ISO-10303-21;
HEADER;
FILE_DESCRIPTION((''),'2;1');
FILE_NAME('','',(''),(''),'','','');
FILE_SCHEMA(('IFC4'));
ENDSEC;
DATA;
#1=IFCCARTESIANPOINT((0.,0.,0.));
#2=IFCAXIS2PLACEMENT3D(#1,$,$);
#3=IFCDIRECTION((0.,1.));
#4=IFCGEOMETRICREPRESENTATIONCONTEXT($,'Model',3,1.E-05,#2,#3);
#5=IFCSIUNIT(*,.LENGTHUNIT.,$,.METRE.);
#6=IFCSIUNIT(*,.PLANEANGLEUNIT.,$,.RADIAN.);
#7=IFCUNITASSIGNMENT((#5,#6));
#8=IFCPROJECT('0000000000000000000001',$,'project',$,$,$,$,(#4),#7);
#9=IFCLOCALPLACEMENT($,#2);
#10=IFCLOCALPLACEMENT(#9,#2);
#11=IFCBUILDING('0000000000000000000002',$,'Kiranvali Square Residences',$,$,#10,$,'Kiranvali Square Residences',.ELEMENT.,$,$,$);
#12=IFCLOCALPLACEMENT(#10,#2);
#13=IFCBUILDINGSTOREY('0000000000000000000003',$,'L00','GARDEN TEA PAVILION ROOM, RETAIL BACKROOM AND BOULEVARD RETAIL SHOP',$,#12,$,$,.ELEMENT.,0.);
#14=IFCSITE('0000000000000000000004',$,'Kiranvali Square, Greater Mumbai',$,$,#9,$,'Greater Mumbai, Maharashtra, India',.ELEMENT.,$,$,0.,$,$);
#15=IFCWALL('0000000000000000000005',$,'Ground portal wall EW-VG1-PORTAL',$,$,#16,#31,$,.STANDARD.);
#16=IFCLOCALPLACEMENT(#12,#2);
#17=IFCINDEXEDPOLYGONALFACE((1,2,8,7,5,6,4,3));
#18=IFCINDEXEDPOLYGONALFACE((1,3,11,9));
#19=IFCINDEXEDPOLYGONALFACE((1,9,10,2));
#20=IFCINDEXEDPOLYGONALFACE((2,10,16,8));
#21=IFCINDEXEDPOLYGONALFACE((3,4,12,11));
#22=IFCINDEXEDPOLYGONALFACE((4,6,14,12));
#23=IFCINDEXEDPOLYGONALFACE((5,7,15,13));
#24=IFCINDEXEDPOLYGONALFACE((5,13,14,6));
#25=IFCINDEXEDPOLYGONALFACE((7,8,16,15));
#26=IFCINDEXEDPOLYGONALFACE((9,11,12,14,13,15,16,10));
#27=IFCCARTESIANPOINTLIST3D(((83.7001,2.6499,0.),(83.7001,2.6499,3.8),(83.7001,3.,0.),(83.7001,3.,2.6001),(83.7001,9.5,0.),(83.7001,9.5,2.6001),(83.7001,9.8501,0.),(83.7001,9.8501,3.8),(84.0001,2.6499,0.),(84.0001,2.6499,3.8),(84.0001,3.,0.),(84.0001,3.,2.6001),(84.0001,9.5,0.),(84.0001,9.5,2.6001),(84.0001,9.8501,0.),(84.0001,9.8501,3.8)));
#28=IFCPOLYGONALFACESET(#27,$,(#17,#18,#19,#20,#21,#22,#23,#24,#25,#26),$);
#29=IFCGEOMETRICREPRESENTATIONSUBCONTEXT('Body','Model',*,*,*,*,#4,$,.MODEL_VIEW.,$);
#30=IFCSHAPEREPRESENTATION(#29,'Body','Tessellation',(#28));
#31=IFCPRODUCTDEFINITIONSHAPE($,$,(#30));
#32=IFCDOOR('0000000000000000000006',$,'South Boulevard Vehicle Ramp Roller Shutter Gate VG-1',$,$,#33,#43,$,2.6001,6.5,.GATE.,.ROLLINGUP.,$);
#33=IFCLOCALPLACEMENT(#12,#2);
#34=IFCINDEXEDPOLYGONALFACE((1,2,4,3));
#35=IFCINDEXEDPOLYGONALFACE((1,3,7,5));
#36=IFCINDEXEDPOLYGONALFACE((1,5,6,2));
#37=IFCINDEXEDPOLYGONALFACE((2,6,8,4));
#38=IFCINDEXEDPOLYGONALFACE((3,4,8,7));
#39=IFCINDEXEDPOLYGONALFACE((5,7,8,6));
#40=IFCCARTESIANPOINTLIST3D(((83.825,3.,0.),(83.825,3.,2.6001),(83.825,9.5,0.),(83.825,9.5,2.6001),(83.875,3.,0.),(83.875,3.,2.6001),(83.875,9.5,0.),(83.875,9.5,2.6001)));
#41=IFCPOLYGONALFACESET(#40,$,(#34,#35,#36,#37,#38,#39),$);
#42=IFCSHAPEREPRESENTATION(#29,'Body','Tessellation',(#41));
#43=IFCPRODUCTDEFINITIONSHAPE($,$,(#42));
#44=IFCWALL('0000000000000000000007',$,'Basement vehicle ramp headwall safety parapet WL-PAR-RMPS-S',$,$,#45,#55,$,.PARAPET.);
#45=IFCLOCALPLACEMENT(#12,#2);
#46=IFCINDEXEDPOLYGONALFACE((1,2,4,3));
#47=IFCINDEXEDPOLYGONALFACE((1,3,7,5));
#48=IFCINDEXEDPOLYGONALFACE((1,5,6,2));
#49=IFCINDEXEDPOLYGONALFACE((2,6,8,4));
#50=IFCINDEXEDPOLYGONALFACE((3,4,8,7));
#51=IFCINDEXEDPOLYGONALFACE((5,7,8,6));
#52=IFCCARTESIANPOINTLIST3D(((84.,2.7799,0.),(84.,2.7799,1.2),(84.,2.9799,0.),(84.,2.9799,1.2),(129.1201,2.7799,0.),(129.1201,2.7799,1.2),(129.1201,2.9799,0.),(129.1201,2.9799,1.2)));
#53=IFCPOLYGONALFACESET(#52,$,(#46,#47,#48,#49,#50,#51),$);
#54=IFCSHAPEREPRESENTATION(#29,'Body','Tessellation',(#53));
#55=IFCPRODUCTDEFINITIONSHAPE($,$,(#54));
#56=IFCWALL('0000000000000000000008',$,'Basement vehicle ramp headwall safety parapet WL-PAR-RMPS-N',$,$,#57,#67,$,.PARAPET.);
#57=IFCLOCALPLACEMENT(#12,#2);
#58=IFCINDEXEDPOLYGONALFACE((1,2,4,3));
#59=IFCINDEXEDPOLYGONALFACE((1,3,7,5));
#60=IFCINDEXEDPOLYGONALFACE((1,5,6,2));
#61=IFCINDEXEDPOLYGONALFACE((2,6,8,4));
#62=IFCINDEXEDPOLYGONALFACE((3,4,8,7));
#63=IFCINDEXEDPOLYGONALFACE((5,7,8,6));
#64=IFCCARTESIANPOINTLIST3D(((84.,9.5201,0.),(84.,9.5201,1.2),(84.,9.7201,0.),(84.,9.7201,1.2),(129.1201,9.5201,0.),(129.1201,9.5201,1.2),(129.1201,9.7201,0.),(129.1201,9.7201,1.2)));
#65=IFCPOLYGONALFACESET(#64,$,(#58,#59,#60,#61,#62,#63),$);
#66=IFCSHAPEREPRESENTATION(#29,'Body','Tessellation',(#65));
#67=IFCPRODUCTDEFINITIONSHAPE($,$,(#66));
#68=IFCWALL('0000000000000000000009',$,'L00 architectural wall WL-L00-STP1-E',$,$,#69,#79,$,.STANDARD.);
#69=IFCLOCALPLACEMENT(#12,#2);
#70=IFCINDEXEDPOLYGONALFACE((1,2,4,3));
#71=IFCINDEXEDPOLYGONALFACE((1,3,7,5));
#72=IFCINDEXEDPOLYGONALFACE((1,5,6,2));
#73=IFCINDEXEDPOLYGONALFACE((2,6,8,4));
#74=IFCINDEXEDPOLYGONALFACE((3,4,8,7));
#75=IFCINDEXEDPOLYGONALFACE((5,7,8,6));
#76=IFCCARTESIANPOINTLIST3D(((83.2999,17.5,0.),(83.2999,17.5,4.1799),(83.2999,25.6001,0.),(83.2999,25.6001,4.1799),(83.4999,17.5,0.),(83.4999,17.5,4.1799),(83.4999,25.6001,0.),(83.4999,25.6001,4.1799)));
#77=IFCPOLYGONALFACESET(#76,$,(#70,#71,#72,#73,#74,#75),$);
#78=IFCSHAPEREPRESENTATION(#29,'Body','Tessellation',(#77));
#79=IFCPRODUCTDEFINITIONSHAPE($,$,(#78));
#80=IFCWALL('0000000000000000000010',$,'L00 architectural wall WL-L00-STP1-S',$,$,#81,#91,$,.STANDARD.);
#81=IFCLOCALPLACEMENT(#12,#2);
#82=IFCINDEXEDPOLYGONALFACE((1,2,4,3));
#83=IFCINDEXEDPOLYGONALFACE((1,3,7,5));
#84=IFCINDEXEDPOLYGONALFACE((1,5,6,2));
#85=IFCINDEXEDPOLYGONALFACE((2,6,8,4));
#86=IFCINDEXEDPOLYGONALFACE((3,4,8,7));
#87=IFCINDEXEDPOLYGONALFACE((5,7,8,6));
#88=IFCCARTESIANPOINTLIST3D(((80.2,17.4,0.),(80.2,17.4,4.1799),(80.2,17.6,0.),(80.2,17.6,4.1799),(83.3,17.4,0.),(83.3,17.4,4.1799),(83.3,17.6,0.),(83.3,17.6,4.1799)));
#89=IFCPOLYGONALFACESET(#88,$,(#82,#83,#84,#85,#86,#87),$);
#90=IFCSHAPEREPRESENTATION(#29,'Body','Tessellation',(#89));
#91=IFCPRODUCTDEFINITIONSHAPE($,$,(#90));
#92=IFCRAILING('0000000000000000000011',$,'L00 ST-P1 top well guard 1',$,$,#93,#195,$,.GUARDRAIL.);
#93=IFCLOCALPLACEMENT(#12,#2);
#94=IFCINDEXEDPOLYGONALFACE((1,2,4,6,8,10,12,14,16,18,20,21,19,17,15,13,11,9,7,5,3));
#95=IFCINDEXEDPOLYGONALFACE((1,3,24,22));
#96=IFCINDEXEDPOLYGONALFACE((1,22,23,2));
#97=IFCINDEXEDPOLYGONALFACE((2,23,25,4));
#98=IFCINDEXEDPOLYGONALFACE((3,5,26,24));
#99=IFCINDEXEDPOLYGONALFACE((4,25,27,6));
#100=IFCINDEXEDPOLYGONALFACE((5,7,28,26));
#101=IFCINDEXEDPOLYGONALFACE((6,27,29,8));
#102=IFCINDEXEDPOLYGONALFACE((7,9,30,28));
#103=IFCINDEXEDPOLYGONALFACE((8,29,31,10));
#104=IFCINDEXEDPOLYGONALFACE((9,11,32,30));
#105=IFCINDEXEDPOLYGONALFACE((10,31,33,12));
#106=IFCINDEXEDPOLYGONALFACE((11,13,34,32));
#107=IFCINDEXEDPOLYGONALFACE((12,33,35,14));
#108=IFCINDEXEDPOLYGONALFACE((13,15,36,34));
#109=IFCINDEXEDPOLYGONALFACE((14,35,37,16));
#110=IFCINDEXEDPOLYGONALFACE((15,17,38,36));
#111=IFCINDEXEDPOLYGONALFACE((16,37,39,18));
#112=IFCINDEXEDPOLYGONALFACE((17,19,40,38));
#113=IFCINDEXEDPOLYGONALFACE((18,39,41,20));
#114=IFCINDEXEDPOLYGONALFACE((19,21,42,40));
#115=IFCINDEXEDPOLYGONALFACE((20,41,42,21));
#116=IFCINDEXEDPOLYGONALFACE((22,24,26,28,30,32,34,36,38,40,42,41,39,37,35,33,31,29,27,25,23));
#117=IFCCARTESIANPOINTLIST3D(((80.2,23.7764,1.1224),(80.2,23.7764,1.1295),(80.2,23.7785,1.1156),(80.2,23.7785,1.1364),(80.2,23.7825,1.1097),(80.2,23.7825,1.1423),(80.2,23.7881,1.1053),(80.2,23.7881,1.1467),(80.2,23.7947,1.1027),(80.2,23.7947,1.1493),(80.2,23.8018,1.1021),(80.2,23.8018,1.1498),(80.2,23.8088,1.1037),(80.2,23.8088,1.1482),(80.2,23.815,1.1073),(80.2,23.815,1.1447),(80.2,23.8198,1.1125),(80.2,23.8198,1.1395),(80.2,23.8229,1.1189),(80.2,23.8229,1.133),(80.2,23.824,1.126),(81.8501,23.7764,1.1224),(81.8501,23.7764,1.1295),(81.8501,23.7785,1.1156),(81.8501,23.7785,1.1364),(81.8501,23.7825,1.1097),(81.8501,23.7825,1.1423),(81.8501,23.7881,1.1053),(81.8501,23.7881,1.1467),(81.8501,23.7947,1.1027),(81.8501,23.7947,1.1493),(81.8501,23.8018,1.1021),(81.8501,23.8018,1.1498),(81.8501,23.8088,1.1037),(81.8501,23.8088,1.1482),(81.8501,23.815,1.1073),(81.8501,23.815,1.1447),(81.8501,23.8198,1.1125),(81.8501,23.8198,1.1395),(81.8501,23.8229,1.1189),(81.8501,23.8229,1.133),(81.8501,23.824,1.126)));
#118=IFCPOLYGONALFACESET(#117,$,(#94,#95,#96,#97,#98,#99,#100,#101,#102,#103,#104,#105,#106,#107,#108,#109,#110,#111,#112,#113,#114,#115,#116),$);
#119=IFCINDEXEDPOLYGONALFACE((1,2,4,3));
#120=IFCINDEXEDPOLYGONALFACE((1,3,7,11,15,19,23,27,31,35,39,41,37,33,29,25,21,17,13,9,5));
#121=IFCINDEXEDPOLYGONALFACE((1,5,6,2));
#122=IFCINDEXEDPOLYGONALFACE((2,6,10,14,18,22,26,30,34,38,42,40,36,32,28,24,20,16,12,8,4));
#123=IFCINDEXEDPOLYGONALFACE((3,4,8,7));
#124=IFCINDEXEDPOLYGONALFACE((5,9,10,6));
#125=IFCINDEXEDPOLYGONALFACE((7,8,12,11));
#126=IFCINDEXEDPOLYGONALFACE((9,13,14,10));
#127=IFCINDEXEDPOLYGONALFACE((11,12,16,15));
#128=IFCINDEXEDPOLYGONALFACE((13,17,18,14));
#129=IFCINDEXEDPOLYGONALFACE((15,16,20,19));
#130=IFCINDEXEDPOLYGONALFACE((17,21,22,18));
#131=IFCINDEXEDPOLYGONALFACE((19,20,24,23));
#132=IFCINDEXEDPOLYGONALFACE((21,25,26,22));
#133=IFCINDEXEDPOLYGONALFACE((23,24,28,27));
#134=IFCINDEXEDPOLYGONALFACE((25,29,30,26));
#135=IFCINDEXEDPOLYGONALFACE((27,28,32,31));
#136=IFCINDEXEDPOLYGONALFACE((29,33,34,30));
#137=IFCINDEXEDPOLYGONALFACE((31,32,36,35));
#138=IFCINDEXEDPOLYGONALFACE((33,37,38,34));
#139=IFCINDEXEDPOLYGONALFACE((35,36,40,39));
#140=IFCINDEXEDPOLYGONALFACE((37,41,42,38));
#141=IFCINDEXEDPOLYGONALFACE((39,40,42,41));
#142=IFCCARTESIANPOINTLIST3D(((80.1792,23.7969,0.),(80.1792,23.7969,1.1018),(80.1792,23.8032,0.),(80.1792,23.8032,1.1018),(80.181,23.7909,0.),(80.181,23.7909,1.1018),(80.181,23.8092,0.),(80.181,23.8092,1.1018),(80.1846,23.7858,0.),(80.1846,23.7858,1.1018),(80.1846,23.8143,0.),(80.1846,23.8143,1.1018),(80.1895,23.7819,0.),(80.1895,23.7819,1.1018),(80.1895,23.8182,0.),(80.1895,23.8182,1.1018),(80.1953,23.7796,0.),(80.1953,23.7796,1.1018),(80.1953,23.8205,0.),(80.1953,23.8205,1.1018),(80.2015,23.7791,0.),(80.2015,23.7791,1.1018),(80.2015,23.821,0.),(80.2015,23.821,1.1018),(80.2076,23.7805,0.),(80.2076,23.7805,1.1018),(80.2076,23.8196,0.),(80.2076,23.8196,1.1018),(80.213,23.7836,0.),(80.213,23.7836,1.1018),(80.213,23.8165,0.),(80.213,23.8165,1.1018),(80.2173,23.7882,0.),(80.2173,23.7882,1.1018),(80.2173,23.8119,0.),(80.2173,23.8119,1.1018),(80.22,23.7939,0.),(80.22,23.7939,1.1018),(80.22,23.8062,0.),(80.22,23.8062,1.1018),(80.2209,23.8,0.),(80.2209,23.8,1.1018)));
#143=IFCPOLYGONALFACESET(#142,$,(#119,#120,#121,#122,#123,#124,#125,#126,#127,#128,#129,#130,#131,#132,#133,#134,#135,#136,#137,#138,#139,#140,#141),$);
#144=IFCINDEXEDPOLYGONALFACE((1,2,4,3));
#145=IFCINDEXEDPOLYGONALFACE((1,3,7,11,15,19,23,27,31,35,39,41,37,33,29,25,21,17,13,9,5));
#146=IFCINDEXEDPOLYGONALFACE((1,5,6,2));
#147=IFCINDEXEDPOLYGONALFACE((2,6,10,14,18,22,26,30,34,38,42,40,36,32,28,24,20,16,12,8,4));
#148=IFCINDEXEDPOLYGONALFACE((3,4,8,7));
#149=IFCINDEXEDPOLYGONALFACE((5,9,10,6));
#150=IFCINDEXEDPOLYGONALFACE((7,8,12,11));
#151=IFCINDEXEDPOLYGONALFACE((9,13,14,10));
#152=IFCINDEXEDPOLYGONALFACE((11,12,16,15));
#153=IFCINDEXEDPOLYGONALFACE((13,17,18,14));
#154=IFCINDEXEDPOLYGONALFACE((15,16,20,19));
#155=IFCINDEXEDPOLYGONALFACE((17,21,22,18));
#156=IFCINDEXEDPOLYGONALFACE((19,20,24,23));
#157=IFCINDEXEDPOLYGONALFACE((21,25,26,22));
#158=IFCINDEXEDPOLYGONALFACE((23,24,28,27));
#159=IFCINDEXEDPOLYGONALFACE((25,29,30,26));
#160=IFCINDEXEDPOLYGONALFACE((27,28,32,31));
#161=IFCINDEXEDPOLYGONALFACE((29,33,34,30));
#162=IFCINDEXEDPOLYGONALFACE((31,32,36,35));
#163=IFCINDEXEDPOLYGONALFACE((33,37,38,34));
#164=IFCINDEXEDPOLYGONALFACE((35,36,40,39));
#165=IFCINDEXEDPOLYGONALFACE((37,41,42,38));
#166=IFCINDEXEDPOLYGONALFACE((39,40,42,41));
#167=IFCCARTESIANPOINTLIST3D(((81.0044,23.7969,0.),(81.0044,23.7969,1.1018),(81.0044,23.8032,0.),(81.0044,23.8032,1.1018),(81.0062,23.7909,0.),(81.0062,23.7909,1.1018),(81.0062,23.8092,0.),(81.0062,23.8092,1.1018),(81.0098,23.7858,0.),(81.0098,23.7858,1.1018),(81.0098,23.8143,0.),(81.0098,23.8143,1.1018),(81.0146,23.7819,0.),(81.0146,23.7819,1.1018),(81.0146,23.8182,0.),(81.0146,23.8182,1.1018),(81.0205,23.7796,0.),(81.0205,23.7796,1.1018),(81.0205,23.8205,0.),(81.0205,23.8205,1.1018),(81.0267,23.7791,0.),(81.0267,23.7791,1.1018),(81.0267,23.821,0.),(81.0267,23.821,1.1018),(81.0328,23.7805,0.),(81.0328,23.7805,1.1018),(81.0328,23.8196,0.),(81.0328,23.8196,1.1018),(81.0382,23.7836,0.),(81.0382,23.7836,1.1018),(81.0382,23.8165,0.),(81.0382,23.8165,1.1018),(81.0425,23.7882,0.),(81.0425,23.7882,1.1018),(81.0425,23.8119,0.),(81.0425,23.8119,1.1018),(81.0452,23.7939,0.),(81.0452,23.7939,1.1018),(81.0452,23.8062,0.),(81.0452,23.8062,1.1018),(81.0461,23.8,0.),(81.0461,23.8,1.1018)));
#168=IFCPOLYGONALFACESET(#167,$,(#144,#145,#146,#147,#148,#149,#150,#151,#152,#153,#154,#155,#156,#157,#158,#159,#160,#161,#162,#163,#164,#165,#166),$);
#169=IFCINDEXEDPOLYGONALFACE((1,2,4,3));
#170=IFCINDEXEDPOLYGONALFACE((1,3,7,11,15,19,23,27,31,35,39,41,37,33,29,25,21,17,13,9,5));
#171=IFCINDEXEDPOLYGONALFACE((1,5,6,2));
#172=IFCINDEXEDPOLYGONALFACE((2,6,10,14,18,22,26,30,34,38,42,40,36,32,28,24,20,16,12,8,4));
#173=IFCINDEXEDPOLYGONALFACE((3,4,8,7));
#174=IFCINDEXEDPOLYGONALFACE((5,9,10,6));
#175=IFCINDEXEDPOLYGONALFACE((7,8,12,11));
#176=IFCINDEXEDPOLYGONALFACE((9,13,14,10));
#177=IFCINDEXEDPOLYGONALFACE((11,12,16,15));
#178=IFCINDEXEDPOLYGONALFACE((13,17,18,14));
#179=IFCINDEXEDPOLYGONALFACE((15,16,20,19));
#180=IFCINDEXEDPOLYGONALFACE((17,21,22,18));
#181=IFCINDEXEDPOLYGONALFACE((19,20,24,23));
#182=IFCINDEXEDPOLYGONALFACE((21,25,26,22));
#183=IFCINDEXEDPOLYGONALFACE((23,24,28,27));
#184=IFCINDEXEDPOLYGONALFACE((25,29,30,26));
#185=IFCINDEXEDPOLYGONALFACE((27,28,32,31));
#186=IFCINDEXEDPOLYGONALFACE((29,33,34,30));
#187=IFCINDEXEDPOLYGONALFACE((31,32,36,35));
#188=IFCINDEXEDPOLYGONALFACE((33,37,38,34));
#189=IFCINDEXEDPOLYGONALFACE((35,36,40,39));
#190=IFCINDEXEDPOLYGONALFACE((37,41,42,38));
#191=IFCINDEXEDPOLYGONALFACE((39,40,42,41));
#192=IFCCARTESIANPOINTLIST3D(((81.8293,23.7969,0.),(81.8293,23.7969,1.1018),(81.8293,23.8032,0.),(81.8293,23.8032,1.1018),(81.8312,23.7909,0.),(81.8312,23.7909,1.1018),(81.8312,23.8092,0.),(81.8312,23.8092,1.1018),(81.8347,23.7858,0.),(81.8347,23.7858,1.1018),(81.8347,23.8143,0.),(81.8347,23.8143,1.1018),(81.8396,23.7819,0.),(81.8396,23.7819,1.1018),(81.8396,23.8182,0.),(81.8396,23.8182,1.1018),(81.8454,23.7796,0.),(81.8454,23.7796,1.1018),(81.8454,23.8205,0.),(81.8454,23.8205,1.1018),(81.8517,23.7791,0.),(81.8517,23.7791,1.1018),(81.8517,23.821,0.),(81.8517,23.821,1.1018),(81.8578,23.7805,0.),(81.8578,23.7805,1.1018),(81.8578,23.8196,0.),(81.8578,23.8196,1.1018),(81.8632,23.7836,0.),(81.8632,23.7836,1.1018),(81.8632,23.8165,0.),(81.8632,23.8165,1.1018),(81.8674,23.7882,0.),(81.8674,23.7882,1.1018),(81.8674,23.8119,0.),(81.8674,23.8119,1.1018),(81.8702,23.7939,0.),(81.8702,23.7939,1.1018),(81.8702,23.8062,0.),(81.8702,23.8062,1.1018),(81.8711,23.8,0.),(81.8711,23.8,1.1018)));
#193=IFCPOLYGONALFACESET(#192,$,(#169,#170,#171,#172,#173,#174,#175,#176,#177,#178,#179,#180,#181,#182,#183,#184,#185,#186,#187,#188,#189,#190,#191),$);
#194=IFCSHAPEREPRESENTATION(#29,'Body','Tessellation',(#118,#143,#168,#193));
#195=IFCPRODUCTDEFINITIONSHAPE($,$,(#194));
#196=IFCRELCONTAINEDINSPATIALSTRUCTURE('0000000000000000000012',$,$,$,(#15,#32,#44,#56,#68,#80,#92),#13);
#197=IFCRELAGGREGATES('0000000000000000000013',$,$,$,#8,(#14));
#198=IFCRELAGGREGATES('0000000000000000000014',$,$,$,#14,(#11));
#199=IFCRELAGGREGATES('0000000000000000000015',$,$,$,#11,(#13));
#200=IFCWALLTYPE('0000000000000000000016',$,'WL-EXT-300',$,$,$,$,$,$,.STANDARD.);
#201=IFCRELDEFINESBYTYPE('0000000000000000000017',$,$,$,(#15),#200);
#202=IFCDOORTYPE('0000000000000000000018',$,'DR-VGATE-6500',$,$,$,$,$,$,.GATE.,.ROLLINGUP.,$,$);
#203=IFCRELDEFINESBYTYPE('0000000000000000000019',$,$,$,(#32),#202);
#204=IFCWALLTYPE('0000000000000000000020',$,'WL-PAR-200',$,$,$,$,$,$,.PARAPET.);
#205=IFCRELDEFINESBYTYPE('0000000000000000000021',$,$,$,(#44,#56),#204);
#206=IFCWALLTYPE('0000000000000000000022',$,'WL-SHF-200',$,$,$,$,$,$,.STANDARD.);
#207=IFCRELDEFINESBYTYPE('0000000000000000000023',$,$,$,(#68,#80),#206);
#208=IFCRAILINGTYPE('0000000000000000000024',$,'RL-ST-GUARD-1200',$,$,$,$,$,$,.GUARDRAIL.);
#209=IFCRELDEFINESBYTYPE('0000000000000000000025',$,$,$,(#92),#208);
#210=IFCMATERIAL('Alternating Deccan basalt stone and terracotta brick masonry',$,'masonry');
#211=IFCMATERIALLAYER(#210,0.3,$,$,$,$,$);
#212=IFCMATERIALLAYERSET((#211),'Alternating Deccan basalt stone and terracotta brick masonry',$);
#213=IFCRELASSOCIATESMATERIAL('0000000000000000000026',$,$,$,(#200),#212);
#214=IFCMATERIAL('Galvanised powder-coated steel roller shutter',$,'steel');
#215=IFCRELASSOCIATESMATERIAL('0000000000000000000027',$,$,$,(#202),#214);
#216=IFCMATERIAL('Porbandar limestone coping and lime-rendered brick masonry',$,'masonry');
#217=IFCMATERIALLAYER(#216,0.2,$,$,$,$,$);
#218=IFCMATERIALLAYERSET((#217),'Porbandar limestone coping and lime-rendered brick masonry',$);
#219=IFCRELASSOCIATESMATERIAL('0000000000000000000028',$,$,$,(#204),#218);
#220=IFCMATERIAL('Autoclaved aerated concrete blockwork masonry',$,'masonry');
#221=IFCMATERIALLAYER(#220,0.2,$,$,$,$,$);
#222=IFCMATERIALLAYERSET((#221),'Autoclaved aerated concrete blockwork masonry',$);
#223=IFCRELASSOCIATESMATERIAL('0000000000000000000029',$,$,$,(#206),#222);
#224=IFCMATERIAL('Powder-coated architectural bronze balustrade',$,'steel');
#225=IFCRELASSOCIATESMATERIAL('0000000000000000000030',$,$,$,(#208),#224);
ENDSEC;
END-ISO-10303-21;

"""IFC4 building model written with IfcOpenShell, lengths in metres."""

from ifc_helpers import new_model, si_unit, direction, frame, frame_2d, origin, origin_2d, place, context, subcontext, project, spatial, rectangle, circle, extrude, material, layer, layer_set, type_object, element, fill, save


model = new_model("IFC4")

# Units and contexts
model_context = context("Model", 3, precision=1e-05, world=origin(), true_north=direction((0.0, 1.0)))
body_context = subcontext(model_context, "Body", "Model", "MODEL_VIEW")
ifc_project = project(units=[si_unit("LENGTHUNIT", "METRE"), si_unit("PLANEANGLEUNIT", "RADIAN")], contexts=[model_context])

# Site, building, storey
site_placement = place(None, origin())
site = spatial("IfcSite", under=ifc_project, at=site_placement, Name="Kiranvali Square, Greater Mumbai", LongName="Greater Mumbai, Maharashtra, India", CompositionType="ELEMENT", RefElevation=0.0)
building_placement = place(site_placement, origin())
building = spatial("IfcBuilding", under=site, at=building_placement, Name="Kiranvali Square Residences", LongName="Kiranvali Square Residences", CompositionType="ELEMENT")
storey_placement = place(building_placement, origin())
storey = spatial("IfcBuildingStorey", under=building, at=storey_placement, Name="L00", Description="GARDEN TEA PAVILION ROOM, RETAIL BACKROOM AND BOULEVARD RETAIL SHOP", CompositionType="ELEMENT", Elevation=0.0)

# Wall, opening, door
ifc_material_1 = material(Name="Alternating Deccan basalt stone and terracotta brick masonry", Category="masonry")
ifc_layer_1 = layer(ifc_material_1, 0.3)
ifc_layer_set_1 = layer_set([ifc_layer_1], Name="Alternating Deccan basalt stone and terracotta brick masonry")
wall_type_1 = type_object("IfcWallType", Name="WL-EXT-300", PredefinedType="STANDARD", material=ifc_layer_set_1)
wall_1_placement = place(storey_placement, frame((83.8501, 2.6499, 0.0), z_axis=(0.0, 0.0, 1.0), x_axis=(0.0, 1.0, 0.0)))
wall_1 = element("IfcWall", 1, at=wall_1_placement, inside=storey, type_object=wall_type_1, Name="Ground portal wall EW-VG1-PORTAL", PredefinedType="STANDARD", context=body_context, shape_type="SweptSolid", body=[
    extrude(rectangle(XDim=7.2002, YDim=0.3, at=frame_2d((3.6001, 0.0))), origin(), (0.0, 0.0, 1.0), 3.8),
])
opening_1_placement = place(wall_1_placement, frame((0.3501, 0.0, 0.0)))
opening_1 = element("IfcOpeningElement", 2, at=opening_1_placement, cuts=wall_1, PredefinedType="OPENING", context=body_context, shape_type="SweptSolid", body=[
    extrude(rectangle(XDim=6.5, YDim=2.6001, at=frame_2d((3.25, 1.3))), frame((0.0, 0.1599, 0.0), z_axis=(0.0, -1.0, 0.0), x_axis=(1.0, 0.0, 0.0)), (0.0, 0.0, 1.0), 0.3201),
])
ifc_material_2 = material(Name="Galvanised powder-coated steel roller shutter", Category="steel")
door_type_1 = type_object("IfcDoorType", Name="DR-VGATE-6500", OperationType="ROLLINGUP", PredefinedType="GATE", material=ifc_material_2)
door_1_placement = place(opening_1_placement, frame((6.5, 0.0, 0.0), z_axis=(0.0, 0.0, 1.0), x_axis=(-1.0, 0.0, 0.0)))
door_1 = element("IfcDoor", 3, at=door_1_placement, inside=storey, type_object=door_type_1, Name="South Boulevard Vehicle Ramp Roller Shutter Gate VG-1", OperationType="ROLLINGUP", OverallHeight=2.6001, OverallWidth=6.5, PredefinedType="GATE", context=body_context, shape_type="SweptSolid", body=[
    extrude(rectangle(XDim=6.5, YDim=2.6001, at=frame_2d((3.25, 1.3))), frame((0.0, 0.0249, 0.0), z_axis=(0.0, -1.0, 0.0), x_axis=(1.0, 0.0, 0.0)), (0.0, 0.0, 1.0), 0.05),
])
fill(opening_1, door_1)

# Walls
ifc_material_3 = material(Name="Porbandar limestone coping and lime-rendered brick masonry", Category="masonry")
ifc_layer_2 = layer(ifc_material_3, 0.2)
ifc_layer_set_2 = layer_set([ifc_layer_2], Name="Porbandar limestone coping and lime-rendered brick masonry")
wall_type_2 = type_object("IfcWallType", Name="WL-PAR-200", PredefinedType="PARAPET", material=ifc_layer_set_2)
for number, where, z_axis, x_axis, name in (
    (4, (84.0, 2.8799, 0.0), (0.0, 0.0, 1.0), (1.0, 0.0, 0.0), "Basement vehicle ramp headwall safety parapet WL-PAR-RMPS-S"),
    (5, (84.0, 9.6201, 0.0), (0.0, 0.0, 1.0), (1.0, 0.0, 0.0), "Basement vehicle ramp headwall safety parapet WL-PAR-RMPS-N"),
):
    element("IfcWall", number, at=place(storey_placement, frame(where, z_axis=z_axis, x_axis=x_axis)), inside=storey, type_object=wall_type_2, Name=name, PredefinedType="PARAPET", context=body_context, shape_type="SweptSolid", body=[
        extrude(rectangle(XDim=45.1201, YDim=0.2, at=frame_2d((22.5601, 0.0))), origin(), (0.0, 0.0, 1.0), 1.2),
    ])
ifc_material_4 = material(Name="Autoclaved aerated concrete blockwork masonry", Category="masonry")
ifc_layer_3 = layer(ifc_material_4, 0.2)
ifc_layer_set_3 = layer_set([ifc_layer_3], Name="Autoclaved aerated concrete blockwork masonry")
wall_type_3 = type_object("IfcWallType", Name="WL-SHF-200", PredefinedType="STANDARD", material=ifc_layer_set_3)
wall_2_placement = place(storey_placement, frame((83.3999, 17.5, 0.0), z_axis=(0.0, 0.0, 1.0), x_axis=(0.0, 1.0, 0.0)))
element("IfcWall", 6, at=wall_2_placement, inside=storey, type_object=wall_type_3, Name="L00 architectural wall WL-L00-STP1-E", PredefinedType="STANDARD", context=body_context, shape_type="SweptSolid", body=[
    extrude(rectangle(XDim=8.1001, YDim=0.2, at=frame_2d((4.05, 0.0))), origin(), (0.0, 0.0, 1.0), 4.1799),
])
wall_3_placement = place(storey_placement, frame((80.2, 17.5, 0.0), z_axis=(0.0, 0.0, 1.0), x_axis=(1.0, 0.0, 0.0)))
element("IfcWall", 7, at=wall_3_placement, inside=storey, type_object=wall_type_3, Name="L00 architectural wall WL-L00-STP1-S", PredefinedType="STANDARD", context=body_context, shape_type="SweptSolid", body=[
    extrude(rectangle(XDim=3.1001, YDim=0.2, at=frame_2d((1.55, 0.0))), origin(), (0.0, 0.0, 1.0), 4.1799),
])

# Railing
ifc_material_5 = material(Name="Powder-coated architectural bronze balustrade", Category="steel")
railing_type = type_object("IfcRailingType", Name="RL-ST-GUARD-1200", PredefinedType="GUARDRAIL", material=ifc_material_5)
railing_placement = place(storey_placement, frame((80.2, 23.8, 0.0)))
element("IfcRailing", 8, at=railing_placement, inside=storey, type_object=railing_type, Name="L00 ST-P1 top well guard 1", PredefinedType="GUARDRAIL", context=body_context, shape_type="SweptSolid", body=[
    extrude(circle(Radius=0.0239, at=origin_2d()), frame((0.0, 0.0, 1.126), z_axis=(1.0, 0.0, 0.0), x_axis=(0.0, 1.0, 0.0)), (0.0, 0.0, 1.0), 1.6501),
    extrude(circle(Radius=0.021, at=origin_2d()), origin(), (0.0, 0.0, 1.0), 1.1018),
    extrude(circle(Radius=0.021, at=origin_2d()), frame((0.8252, 0.0, 0.0)), (0.0, 0.0, 1.0), 1.1018),
    extrude(circle(Radius=0.021, at=origin_2d()), frame((1.6501, 0.0, 0.0)), (0.0, 0.0, 1.0), 1.1018),
])

save(model, "model.ifc")
